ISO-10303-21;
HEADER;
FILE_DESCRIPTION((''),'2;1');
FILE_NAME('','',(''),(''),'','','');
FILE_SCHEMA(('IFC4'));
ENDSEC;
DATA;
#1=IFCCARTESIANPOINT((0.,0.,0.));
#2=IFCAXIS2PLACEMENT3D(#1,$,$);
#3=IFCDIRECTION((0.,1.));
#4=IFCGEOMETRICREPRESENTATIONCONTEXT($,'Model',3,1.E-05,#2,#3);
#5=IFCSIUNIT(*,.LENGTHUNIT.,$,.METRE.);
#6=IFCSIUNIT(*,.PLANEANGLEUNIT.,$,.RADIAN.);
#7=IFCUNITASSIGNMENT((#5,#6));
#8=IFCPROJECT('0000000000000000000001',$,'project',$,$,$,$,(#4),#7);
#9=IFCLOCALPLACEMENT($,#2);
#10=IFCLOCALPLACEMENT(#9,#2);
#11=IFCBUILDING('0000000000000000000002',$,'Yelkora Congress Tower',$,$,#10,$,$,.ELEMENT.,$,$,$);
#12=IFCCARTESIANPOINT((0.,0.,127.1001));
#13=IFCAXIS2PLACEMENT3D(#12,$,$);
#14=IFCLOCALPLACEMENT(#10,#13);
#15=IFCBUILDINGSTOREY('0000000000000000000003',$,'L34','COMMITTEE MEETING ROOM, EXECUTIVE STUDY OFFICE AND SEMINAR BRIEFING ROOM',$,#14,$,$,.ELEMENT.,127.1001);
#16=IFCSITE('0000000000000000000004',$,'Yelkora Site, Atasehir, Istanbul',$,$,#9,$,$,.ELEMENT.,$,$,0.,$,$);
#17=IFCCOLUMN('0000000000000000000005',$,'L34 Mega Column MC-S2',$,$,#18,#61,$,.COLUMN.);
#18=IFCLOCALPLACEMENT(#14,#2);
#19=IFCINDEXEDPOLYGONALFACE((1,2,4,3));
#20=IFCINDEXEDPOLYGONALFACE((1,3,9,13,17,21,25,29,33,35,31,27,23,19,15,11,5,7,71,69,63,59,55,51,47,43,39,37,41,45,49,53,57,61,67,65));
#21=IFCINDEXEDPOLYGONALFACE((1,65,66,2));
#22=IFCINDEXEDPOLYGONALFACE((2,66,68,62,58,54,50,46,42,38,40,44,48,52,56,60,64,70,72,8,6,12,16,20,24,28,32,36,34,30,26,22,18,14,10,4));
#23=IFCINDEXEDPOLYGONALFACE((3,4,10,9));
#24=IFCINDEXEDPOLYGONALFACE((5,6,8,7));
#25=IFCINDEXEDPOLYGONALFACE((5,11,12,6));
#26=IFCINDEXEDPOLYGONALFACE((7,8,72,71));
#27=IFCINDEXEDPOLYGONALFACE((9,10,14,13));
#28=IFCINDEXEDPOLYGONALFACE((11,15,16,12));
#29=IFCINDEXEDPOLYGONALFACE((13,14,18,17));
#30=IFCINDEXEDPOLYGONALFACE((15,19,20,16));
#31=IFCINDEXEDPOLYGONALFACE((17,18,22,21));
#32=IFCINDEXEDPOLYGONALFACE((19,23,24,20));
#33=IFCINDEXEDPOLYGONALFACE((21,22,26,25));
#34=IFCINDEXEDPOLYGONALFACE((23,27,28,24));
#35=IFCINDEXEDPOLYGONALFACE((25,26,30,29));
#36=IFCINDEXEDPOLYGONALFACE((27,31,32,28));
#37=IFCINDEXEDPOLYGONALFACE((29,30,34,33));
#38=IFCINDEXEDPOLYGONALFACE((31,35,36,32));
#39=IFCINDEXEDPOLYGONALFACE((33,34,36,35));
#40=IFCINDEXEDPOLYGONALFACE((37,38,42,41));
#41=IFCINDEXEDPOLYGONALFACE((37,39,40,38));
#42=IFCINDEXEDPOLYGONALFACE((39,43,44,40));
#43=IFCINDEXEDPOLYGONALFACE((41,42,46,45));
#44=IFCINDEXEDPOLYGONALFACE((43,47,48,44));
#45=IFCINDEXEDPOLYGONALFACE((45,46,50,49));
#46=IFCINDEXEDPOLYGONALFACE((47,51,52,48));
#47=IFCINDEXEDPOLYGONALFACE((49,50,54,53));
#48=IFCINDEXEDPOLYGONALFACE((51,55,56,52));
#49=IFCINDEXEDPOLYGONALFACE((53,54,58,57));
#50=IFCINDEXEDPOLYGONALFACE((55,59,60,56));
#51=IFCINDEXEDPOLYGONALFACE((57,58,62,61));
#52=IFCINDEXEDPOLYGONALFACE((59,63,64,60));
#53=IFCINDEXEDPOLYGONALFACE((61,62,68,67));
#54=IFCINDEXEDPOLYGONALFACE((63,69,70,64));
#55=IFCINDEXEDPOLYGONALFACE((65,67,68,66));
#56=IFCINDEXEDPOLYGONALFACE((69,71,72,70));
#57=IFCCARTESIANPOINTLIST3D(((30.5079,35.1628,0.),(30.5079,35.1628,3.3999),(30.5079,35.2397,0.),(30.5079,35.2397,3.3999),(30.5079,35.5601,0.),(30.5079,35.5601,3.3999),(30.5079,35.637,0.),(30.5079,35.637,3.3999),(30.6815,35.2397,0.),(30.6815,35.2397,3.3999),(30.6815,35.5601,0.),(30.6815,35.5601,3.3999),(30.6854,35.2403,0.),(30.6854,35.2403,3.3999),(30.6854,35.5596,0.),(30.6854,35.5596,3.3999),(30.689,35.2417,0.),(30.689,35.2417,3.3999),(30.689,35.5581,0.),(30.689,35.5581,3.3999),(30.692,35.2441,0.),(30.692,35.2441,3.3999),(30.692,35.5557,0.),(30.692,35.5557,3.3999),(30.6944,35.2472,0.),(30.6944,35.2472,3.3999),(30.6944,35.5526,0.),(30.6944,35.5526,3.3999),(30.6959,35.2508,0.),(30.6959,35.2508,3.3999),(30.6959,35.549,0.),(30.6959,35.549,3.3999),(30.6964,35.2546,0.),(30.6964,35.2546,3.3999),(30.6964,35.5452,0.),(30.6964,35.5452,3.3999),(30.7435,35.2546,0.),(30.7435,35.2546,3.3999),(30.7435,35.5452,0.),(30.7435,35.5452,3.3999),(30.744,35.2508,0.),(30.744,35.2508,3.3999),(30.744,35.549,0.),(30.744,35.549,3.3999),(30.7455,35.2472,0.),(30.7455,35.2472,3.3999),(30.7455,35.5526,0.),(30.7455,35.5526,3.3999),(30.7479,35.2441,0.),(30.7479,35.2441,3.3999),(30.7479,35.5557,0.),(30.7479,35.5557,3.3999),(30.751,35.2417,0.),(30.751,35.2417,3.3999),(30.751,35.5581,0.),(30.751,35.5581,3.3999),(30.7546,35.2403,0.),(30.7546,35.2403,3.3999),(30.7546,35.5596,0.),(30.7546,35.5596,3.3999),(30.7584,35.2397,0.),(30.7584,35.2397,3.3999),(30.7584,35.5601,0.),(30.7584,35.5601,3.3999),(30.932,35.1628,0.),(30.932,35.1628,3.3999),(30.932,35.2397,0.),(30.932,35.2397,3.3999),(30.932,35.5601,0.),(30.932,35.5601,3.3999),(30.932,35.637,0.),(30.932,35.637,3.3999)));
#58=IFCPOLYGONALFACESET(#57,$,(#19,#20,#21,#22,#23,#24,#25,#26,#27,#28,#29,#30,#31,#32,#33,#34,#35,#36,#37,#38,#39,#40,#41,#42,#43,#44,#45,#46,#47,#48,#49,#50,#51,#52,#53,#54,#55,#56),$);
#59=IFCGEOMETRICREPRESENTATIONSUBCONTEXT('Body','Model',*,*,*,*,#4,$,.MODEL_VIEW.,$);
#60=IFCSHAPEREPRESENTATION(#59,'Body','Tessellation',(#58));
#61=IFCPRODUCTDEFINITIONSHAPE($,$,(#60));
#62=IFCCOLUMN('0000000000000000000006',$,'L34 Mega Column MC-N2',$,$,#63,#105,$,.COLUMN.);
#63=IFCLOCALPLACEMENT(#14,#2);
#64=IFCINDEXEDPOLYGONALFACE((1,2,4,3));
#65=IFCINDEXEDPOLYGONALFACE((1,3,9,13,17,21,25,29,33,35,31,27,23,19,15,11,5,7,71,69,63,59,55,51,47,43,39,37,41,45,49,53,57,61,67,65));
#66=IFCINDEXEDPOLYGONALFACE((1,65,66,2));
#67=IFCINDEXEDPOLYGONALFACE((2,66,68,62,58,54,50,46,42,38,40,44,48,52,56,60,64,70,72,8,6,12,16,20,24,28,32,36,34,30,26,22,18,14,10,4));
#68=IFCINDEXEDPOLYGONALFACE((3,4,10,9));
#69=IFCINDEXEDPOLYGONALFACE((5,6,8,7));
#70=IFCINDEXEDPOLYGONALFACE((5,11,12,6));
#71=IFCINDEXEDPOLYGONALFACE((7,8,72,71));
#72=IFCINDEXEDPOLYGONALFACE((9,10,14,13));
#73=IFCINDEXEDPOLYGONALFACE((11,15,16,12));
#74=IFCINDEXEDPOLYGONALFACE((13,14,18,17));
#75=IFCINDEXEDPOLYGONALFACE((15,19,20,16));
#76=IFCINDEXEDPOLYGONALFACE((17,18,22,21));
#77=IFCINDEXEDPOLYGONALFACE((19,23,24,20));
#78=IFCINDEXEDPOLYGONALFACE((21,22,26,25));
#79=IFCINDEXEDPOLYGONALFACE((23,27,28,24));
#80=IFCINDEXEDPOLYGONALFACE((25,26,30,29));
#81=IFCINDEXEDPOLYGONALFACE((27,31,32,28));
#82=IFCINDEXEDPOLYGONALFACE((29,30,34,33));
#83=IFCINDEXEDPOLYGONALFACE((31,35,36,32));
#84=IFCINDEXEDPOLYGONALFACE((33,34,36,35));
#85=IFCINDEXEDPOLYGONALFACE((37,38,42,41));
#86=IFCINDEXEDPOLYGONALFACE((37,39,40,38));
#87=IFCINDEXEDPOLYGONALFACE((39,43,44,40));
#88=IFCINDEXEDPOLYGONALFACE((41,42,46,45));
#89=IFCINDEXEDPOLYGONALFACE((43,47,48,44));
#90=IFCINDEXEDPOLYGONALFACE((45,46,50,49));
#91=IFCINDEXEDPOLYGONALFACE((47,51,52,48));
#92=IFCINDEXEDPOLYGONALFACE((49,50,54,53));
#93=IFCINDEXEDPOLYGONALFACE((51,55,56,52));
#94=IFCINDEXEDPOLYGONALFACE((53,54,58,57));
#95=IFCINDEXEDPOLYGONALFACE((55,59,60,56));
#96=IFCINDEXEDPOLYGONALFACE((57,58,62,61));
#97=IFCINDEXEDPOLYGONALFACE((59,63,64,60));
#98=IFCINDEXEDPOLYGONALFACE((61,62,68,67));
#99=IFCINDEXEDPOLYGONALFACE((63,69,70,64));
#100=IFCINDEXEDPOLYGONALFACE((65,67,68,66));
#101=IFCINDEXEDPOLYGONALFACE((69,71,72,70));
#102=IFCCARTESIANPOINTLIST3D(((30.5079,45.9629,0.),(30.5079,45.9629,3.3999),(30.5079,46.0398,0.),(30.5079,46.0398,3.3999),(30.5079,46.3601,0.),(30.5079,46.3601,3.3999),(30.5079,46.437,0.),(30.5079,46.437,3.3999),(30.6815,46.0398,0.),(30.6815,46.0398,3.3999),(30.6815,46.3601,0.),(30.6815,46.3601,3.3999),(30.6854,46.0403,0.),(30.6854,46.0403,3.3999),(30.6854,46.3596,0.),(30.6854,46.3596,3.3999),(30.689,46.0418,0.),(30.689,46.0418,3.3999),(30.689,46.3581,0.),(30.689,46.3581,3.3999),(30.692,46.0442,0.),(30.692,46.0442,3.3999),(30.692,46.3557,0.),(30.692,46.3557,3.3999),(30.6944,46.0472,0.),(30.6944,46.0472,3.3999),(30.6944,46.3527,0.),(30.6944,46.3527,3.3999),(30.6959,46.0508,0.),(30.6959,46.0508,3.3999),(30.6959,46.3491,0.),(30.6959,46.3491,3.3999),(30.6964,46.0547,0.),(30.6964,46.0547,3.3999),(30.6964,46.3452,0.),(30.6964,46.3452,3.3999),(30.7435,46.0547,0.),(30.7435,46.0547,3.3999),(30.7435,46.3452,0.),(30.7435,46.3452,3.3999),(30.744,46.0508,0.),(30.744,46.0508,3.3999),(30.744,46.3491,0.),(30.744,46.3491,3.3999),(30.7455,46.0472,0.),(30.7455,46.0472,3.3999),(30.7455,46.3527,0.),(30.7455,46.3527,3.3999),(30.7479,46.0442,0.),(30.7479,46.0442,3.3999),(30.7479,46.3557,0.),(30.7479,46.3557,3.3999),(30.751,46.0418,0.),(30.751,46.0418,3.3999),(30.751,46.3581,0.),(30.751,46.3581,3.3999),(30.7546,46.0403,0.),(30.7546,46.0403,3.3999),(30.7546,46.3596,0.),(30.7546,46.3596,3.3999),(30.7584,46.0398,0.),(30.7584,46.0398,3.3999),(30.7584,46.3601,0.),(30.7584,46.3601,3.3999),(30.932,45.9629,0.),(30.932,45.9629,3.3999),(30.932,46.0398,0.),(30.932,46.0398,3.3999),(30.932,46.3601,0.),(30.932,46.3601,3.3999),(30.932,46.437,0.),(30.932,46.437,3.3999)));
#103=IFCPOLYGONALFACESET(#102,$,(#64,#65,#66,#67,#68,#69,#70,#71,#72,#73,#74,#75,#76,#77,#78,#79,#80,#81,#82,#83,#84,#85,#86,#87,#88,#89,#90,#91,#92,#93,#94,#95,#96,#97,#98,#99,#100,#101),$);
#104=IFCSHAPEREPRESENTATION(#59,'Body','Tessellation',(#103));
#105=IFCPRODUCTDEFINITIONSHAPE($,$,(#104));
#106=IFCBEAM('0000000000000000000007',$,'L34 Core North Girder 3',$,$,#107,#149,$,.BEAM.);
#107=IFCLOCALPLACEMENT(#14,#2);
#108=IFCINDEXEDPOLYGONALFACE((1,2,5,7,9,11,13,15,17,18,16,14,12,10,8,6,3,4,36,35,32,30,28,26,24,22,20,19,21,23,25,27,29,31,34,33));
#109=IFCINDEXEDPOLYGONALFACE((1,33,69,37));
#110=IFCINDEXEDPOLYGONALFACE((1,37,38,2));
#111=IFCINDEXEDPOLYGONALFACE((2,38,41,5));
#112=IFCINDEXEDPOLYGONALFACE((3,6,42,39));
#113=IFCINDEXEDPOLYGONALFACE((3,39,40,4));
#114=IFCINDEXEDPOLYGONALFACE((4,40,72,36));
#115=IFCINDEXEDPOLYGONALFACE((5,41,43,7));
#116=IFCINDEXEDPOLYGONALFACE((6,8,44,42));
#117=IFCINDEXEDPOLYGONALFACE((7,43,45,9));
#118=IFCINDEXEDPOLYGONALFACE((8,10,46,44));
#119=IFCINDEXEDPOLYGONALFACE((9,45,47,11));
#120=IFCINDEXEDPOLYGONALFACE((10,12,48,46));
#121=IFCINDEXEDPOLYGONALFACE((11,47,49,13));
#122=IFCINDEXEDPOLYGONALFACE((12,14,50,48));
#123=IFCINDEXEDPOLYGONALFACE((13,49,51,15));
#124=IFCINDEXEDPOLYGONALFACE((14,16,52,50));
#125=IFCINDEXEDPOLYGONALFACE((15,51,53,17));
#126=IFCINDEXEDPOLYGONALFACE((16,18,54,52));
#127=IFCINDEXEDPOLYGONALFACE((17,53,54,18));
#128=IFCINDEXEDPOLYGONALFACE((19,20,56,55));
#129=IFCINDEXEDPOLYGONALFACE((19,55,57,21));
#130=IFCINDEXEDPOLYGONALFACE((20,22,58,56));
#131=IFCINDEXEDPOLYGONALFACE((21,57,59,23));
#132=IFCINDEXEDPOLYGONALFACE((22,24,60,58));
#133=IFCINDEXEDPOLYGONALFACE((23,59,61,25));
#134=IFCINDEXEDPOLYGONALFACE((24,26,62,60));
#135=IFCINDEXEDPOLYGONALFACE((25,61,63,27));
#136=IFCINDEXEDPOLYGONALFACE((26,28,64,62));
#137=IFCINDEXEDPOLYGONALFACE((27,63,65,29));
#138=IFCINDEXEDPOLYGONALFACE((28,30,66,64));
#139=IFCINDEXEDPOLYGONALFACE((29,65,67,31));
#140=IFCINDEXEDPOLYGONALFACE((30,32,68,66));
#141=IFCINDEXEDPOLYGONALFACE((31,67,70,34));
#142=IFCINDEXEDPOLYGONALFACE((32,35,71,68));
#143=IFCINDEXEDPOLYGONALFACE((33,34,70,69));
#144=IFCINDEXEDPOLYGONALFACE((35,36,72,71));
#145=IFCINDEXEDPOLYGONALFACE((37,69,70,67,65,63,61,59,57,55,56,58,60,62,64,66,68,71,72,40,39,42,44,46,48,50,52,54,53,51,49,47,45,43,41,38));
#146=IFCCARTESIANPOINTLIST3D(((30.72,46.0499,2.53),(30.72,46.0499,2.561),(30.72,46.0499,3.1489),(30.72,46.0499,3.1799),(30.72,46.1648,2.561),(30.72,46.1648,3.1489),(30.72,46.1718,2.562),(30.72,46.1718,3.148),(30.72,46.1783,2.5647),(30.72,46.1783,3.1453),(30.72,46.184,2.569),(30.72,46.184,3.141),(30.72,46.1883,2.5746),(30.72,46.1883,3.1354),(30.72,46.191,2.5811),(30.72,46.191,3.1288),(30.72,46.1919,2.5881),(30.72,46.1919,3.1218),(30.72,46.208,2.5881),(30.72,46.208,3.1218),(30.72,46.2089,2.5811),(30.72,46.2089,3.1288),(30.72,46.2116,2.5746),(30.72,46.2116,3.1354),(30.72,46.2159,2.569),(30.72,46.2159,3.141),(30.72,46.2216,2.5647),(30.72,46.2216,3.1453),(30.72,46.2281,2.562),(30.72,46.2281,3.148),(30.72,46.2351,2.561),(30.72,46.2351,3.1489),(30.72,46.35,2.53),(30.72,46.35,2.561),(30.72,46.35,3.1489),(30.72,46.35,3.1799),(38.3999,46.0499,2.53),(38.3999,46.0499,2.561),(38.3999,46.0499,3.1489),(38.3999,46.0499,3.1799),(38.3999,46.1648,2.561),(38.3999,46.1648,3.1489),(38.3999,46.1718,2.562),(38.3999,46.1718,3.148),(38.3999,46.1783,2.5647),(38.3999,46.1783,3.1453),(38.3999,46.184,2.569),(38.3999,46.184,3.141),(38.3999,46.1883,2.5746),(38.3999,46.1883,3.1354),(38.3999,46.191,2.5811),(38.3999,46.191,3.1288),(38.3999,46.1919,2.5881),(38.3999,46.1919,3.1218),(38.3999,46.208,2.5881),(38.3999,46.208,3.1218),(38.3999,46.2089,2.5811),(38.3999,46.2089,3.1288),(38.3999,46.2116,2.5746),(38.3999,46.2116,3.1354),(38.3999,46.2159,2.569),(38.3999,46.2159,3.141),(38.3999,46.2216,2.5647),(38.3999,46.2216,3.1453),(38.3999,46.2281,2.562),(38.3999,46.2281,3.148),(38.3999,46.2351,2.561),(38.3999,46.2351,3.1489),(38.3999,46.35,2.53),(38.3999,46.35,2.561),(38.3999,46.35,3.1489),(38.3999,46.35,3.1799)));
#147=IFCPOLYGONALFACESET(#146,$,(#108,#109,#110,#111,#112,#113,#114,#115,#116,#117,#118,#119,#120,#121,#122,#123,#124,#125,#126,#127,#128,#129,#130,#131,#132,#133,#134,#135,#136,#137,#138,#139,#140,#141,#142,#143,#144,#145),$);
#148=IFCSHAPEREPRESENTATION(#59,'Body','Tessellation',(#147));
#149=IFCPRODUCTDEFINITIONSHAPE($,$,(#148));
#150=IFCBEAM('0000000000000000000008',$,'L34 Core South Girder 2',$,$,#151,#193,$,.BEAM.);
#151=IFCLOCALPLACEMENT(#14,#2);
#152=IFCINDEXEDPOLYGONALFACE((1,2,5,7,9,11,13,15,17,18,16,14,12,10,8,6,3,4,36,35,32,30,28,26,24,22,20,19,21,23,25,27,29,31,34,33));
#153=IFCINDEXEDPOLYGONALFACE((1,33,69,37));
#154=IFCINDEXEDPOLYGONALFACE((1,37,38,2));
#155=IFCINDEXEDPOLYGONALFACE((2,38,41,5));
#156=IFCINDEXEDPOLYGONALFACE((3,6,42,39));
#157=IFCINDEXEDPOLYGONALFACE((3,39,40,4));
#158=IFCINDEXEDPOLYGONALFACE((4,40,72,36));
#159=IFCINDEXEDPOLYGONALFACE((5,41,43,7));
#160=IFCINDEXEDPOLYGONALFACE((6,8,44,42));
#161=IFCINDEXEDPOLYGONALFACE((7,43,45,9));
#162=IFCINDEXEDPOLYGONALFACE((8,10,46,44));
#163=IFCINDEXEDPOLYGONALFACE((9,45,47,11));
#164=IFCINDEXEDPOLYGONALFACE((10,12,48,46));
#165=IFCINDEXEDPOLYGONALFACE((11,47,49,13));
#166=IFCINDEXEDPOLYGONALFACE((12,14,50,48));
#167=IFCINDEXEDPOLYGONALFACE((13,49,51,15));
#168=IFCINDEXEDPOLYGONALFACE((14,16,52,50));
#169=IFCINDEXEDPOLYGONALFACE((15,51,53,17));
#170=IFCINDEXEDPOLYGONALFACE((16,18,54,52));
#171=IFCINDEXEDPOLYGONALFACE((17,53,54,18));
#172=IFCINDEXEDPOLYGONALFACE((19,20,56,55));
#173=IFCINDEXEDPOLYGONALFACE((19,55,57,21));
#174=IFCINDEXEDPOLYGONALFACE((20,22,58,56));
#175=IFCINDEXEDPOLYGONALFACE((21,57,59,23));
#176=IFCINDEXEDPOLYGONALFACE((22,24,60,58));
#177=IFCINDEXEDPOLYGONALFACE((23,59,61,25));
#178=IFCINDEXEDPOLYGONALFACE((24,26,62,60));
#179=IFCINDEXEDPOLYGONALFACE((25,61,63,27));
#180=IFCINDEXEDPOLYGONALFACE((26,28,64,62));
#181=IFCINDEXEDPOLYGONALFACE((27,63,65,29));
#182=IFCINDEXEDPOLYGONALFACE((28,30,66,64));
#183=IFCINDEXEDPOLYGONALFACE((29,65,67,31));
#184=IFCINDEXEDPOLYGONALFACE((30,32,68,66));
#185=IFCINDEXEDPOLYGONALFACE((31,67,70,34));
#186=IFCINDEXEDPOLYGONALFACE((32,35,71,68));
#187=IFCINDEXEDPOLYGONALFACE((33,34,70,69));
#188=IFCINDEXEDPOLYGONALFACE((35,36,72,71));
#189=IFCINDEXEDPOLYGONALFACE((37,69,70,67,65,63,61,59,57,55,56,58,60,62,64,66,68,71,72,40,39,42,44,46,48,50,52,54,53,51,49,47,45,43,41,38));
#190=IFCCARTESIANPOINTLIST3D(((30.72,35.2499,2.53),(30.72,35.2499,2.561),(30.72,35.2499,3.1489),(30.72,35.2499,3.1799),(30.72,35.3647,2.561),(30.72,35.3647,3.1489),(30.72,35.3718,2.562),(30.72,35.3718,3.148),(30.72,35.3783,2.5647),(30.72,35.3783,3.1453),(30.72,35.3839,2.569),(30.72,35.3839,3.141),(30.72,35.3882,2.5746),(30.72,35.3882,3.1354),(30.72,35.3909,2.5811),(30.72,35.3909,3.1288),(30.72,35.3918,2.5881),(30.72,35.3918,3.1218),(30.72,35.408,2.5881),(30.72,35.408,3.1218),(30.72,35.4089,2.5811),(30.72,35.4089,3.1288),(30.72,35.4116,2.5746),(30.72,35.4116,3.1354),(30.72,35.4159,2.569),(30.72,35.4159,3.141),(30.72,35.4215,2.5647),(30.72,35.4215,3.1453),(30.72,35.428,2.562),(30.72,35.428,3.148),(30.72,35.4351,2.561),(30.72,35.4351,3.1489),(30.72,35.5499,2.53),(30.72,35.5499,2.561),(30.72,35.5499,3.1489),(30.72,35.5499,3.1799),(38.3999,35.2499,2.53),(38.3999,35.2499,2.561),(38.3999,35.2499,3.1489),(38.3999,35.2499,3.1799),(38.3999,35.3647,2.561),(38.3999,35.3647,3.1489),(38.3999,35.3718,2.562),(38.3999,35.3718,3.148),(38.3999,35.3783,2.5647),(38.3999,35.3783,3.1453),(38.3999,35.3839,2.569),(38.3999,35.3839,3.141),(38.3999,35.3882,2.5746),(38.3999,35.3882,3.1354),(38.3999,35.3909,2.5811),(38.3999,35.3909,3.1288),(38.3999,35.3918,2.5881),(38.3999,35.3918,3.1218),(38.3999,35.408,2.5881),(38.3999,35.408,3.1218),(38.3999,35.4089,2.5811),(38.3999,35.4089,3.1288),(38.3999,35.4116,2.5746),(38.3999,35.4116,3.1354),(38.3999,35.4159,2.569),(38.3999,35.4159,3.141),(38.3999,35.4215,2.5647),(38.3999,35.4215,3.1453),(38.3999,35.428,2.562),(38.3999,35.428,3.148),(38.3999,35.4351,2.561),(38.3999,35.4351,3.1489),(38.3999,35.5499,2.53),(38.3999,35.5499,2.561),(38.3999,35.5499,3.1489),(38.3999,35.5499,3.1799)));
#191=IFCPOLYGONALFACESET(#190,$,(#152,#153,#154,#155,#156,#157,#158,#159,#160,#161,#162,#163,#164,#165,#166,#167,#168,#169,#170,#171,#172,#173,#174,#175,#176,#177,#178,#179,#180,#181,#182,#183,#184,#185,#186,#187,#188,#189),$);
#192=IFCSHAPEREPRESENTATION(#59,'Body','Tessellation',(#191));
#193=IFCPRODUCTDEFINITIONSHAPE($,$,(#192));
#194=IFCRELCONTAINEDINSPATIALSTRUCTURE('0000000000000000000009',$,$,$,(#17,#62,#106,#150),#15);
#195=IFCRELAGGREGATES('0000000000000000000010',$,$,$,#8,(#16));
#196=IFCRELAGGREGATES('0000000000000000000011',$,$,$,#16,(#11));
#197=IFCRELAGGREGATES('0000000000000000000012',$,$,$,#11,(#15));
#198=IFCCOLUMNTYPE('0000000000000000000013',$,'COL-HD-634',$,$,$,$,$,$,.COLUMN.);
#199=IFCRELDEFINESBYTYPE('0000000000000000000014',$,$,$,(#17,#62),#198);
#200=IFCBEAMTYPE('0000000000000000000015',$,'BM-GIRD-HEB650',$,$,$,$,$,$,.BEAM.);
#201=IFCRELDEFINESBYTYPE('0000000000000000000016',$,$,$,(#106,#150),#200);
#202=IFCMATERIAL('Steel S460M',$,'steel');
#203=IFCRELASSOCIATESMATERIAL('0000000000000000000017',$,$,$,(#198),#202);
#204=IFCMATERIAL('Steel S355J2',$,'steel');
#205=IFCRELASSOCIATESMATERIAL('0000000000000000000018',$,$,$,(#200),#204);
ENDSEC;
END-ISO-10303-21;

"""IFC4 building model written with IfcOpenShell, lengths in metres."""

from ifc_helpers import new_model, si_unit, direction, frame, origin, origin_2d, place, context, subcontext, project, spatial, i_section, extrude, material, material_profile, profile_set, type_object, element, save


model = new_model("IFC4")

# Units and contexts
model_context = context("Model", 3, precision=1e-05, world=origin(), true_north=direction((0.0, 1.0)))
body_context = subcontext(model_context, "Body", "Model", "MODEL_VIEW")
ifc_project = project(units=[si_unit("LENGTHUNIT", "METRE"), si_unit("PLANEANGLEUNIT", "RADIAN")], contexts=[model_context])

# Site, building, storey
site_placement = place(None, origin())
site = spatial("IfcSite", under=ifc_project, at=site_placement, Name="Yelkora Site, Atasehir, Istanbul", CompositionType="ELEMENT", RefElevation=0.0)
building_placement = place(site_placement, origin())
building = spatial("IfcBuilding", under=site, at=building_placement, Name="Yelkora Congress Tower", CompositionType="ELEMENT")
storey_placement = place(building_placement, frame((0.0, 0.0, 127.1001)))
storey = spatial("IfcBuildingStorey", under=building, at=storey_placement, Name="L34", Description="COMMITTEE MEETING ROOM, EXECUTIVE STUDY OFFICE AND SEMINAR BRIEFING ROOM", CompositionType="ELEMENT", Elevation=127.1001)

# Columns
ifc_material_1 = material(Name="Steel S460M", Category="steel")
ifc_material_profile_1 = material_profile(ifc_material_1, i_section(OverallWidth=0.4241, OverallDepth=0.4741, WebThickness=0.0471, FlangeThickness=0.0769, FilletRadius=0.0149, at=origin_2d()), Name="HD 400x634")
ifc_profile_set_1 = profile_set([ifc_material_profile_1], Name="Steel S460M")
column_type = type_object("IfcColumnType", Name="COL-HD-634", PredefinedType="COLUMN", material=ifc_profile_set_1)
for number, where, z_axis, x_axis, name in (
    (1, (30.72, 35.3999, 0.0), (0.0, 0.0, 1.0), (1.0, 0.0, 0.0), "L34 Mega Column MC-S2"),
    (2, (30.72, 46.2, 0.0), (0.0, 0.0, 1.0), (1.0, 0.0, 0.0), "L34 Mega Column MC-N2"),
):
    element("IfcColumn", number, at=place(storey_placement, frame(where, z_axis=z_axis, x_axis=x_axis)), inside=storey, type_object=column_type, Name=name, PredefinedType="COLUMN", context=body_context, shape_type="SweptSolid", body=[
        extrude(i_section(OverallWidth=0.4241, OverallDepth=0.4741, WebThickness=0.0471, FlangeThickness=0.0769, FilletRadius=0.0149, at=origin_2d()), origin(), (0.0, 0.0, 1.0), 3.3999),
    ])

# Beams
ifc_material_2 = material(Name="Steel S355J2", Category="steel")
ifc_material_profile_2 = material_profile(ifc_material_2, i_section(OverallWidth=0.3, OverallDepth=0.6499, WebThickness=0.0161, FlangeThickness=0.031, FilletRadius=0.0271, at=origin_2d()), Name="HEB 650")
ifc_profile_set_2 = profile_set([ifc_material_profile_2], Name="Steel S355J2")
beam_type = type_object("IfcBeamType", Name="BM-GIRD-HEB650", PredefinedType="BEAM", material=ifc_profile_set_2)
for number, where, z_axis, x_axis, name in (
    (3, (30.72, 46.2, 2.855), (1.0, 0.0, 0.0), (0.0, 1.0, 0.0), "L34 Core North Girder 3"),
    (4, (30.72, 35.3999, 2.855), (1.0, 0.0, 0.0), (0.0, 1.0, 0.0), "L34 Core South Girder 2"),
):
    element("IfcBeam", number, at=place(storey_placement, frame(where, z_axis=z_axis, x_axis=x_axis)), inside=storey, type_object=beam_type, Name=name, PredefinedType="BEAM", context=body_context, shape_type="SweptSolid", body=[
        extrude(i_section(OverallWidth=0.3, OverallDepth=0.6499, WebThickness=0.0161, FlangeThickness=0.031, FilletRadius=0.0271, at=origin_2d()), origin(), (0.0, 0.0, 1.0), 7.6799),
    ])

save(model, "model.ifc")
